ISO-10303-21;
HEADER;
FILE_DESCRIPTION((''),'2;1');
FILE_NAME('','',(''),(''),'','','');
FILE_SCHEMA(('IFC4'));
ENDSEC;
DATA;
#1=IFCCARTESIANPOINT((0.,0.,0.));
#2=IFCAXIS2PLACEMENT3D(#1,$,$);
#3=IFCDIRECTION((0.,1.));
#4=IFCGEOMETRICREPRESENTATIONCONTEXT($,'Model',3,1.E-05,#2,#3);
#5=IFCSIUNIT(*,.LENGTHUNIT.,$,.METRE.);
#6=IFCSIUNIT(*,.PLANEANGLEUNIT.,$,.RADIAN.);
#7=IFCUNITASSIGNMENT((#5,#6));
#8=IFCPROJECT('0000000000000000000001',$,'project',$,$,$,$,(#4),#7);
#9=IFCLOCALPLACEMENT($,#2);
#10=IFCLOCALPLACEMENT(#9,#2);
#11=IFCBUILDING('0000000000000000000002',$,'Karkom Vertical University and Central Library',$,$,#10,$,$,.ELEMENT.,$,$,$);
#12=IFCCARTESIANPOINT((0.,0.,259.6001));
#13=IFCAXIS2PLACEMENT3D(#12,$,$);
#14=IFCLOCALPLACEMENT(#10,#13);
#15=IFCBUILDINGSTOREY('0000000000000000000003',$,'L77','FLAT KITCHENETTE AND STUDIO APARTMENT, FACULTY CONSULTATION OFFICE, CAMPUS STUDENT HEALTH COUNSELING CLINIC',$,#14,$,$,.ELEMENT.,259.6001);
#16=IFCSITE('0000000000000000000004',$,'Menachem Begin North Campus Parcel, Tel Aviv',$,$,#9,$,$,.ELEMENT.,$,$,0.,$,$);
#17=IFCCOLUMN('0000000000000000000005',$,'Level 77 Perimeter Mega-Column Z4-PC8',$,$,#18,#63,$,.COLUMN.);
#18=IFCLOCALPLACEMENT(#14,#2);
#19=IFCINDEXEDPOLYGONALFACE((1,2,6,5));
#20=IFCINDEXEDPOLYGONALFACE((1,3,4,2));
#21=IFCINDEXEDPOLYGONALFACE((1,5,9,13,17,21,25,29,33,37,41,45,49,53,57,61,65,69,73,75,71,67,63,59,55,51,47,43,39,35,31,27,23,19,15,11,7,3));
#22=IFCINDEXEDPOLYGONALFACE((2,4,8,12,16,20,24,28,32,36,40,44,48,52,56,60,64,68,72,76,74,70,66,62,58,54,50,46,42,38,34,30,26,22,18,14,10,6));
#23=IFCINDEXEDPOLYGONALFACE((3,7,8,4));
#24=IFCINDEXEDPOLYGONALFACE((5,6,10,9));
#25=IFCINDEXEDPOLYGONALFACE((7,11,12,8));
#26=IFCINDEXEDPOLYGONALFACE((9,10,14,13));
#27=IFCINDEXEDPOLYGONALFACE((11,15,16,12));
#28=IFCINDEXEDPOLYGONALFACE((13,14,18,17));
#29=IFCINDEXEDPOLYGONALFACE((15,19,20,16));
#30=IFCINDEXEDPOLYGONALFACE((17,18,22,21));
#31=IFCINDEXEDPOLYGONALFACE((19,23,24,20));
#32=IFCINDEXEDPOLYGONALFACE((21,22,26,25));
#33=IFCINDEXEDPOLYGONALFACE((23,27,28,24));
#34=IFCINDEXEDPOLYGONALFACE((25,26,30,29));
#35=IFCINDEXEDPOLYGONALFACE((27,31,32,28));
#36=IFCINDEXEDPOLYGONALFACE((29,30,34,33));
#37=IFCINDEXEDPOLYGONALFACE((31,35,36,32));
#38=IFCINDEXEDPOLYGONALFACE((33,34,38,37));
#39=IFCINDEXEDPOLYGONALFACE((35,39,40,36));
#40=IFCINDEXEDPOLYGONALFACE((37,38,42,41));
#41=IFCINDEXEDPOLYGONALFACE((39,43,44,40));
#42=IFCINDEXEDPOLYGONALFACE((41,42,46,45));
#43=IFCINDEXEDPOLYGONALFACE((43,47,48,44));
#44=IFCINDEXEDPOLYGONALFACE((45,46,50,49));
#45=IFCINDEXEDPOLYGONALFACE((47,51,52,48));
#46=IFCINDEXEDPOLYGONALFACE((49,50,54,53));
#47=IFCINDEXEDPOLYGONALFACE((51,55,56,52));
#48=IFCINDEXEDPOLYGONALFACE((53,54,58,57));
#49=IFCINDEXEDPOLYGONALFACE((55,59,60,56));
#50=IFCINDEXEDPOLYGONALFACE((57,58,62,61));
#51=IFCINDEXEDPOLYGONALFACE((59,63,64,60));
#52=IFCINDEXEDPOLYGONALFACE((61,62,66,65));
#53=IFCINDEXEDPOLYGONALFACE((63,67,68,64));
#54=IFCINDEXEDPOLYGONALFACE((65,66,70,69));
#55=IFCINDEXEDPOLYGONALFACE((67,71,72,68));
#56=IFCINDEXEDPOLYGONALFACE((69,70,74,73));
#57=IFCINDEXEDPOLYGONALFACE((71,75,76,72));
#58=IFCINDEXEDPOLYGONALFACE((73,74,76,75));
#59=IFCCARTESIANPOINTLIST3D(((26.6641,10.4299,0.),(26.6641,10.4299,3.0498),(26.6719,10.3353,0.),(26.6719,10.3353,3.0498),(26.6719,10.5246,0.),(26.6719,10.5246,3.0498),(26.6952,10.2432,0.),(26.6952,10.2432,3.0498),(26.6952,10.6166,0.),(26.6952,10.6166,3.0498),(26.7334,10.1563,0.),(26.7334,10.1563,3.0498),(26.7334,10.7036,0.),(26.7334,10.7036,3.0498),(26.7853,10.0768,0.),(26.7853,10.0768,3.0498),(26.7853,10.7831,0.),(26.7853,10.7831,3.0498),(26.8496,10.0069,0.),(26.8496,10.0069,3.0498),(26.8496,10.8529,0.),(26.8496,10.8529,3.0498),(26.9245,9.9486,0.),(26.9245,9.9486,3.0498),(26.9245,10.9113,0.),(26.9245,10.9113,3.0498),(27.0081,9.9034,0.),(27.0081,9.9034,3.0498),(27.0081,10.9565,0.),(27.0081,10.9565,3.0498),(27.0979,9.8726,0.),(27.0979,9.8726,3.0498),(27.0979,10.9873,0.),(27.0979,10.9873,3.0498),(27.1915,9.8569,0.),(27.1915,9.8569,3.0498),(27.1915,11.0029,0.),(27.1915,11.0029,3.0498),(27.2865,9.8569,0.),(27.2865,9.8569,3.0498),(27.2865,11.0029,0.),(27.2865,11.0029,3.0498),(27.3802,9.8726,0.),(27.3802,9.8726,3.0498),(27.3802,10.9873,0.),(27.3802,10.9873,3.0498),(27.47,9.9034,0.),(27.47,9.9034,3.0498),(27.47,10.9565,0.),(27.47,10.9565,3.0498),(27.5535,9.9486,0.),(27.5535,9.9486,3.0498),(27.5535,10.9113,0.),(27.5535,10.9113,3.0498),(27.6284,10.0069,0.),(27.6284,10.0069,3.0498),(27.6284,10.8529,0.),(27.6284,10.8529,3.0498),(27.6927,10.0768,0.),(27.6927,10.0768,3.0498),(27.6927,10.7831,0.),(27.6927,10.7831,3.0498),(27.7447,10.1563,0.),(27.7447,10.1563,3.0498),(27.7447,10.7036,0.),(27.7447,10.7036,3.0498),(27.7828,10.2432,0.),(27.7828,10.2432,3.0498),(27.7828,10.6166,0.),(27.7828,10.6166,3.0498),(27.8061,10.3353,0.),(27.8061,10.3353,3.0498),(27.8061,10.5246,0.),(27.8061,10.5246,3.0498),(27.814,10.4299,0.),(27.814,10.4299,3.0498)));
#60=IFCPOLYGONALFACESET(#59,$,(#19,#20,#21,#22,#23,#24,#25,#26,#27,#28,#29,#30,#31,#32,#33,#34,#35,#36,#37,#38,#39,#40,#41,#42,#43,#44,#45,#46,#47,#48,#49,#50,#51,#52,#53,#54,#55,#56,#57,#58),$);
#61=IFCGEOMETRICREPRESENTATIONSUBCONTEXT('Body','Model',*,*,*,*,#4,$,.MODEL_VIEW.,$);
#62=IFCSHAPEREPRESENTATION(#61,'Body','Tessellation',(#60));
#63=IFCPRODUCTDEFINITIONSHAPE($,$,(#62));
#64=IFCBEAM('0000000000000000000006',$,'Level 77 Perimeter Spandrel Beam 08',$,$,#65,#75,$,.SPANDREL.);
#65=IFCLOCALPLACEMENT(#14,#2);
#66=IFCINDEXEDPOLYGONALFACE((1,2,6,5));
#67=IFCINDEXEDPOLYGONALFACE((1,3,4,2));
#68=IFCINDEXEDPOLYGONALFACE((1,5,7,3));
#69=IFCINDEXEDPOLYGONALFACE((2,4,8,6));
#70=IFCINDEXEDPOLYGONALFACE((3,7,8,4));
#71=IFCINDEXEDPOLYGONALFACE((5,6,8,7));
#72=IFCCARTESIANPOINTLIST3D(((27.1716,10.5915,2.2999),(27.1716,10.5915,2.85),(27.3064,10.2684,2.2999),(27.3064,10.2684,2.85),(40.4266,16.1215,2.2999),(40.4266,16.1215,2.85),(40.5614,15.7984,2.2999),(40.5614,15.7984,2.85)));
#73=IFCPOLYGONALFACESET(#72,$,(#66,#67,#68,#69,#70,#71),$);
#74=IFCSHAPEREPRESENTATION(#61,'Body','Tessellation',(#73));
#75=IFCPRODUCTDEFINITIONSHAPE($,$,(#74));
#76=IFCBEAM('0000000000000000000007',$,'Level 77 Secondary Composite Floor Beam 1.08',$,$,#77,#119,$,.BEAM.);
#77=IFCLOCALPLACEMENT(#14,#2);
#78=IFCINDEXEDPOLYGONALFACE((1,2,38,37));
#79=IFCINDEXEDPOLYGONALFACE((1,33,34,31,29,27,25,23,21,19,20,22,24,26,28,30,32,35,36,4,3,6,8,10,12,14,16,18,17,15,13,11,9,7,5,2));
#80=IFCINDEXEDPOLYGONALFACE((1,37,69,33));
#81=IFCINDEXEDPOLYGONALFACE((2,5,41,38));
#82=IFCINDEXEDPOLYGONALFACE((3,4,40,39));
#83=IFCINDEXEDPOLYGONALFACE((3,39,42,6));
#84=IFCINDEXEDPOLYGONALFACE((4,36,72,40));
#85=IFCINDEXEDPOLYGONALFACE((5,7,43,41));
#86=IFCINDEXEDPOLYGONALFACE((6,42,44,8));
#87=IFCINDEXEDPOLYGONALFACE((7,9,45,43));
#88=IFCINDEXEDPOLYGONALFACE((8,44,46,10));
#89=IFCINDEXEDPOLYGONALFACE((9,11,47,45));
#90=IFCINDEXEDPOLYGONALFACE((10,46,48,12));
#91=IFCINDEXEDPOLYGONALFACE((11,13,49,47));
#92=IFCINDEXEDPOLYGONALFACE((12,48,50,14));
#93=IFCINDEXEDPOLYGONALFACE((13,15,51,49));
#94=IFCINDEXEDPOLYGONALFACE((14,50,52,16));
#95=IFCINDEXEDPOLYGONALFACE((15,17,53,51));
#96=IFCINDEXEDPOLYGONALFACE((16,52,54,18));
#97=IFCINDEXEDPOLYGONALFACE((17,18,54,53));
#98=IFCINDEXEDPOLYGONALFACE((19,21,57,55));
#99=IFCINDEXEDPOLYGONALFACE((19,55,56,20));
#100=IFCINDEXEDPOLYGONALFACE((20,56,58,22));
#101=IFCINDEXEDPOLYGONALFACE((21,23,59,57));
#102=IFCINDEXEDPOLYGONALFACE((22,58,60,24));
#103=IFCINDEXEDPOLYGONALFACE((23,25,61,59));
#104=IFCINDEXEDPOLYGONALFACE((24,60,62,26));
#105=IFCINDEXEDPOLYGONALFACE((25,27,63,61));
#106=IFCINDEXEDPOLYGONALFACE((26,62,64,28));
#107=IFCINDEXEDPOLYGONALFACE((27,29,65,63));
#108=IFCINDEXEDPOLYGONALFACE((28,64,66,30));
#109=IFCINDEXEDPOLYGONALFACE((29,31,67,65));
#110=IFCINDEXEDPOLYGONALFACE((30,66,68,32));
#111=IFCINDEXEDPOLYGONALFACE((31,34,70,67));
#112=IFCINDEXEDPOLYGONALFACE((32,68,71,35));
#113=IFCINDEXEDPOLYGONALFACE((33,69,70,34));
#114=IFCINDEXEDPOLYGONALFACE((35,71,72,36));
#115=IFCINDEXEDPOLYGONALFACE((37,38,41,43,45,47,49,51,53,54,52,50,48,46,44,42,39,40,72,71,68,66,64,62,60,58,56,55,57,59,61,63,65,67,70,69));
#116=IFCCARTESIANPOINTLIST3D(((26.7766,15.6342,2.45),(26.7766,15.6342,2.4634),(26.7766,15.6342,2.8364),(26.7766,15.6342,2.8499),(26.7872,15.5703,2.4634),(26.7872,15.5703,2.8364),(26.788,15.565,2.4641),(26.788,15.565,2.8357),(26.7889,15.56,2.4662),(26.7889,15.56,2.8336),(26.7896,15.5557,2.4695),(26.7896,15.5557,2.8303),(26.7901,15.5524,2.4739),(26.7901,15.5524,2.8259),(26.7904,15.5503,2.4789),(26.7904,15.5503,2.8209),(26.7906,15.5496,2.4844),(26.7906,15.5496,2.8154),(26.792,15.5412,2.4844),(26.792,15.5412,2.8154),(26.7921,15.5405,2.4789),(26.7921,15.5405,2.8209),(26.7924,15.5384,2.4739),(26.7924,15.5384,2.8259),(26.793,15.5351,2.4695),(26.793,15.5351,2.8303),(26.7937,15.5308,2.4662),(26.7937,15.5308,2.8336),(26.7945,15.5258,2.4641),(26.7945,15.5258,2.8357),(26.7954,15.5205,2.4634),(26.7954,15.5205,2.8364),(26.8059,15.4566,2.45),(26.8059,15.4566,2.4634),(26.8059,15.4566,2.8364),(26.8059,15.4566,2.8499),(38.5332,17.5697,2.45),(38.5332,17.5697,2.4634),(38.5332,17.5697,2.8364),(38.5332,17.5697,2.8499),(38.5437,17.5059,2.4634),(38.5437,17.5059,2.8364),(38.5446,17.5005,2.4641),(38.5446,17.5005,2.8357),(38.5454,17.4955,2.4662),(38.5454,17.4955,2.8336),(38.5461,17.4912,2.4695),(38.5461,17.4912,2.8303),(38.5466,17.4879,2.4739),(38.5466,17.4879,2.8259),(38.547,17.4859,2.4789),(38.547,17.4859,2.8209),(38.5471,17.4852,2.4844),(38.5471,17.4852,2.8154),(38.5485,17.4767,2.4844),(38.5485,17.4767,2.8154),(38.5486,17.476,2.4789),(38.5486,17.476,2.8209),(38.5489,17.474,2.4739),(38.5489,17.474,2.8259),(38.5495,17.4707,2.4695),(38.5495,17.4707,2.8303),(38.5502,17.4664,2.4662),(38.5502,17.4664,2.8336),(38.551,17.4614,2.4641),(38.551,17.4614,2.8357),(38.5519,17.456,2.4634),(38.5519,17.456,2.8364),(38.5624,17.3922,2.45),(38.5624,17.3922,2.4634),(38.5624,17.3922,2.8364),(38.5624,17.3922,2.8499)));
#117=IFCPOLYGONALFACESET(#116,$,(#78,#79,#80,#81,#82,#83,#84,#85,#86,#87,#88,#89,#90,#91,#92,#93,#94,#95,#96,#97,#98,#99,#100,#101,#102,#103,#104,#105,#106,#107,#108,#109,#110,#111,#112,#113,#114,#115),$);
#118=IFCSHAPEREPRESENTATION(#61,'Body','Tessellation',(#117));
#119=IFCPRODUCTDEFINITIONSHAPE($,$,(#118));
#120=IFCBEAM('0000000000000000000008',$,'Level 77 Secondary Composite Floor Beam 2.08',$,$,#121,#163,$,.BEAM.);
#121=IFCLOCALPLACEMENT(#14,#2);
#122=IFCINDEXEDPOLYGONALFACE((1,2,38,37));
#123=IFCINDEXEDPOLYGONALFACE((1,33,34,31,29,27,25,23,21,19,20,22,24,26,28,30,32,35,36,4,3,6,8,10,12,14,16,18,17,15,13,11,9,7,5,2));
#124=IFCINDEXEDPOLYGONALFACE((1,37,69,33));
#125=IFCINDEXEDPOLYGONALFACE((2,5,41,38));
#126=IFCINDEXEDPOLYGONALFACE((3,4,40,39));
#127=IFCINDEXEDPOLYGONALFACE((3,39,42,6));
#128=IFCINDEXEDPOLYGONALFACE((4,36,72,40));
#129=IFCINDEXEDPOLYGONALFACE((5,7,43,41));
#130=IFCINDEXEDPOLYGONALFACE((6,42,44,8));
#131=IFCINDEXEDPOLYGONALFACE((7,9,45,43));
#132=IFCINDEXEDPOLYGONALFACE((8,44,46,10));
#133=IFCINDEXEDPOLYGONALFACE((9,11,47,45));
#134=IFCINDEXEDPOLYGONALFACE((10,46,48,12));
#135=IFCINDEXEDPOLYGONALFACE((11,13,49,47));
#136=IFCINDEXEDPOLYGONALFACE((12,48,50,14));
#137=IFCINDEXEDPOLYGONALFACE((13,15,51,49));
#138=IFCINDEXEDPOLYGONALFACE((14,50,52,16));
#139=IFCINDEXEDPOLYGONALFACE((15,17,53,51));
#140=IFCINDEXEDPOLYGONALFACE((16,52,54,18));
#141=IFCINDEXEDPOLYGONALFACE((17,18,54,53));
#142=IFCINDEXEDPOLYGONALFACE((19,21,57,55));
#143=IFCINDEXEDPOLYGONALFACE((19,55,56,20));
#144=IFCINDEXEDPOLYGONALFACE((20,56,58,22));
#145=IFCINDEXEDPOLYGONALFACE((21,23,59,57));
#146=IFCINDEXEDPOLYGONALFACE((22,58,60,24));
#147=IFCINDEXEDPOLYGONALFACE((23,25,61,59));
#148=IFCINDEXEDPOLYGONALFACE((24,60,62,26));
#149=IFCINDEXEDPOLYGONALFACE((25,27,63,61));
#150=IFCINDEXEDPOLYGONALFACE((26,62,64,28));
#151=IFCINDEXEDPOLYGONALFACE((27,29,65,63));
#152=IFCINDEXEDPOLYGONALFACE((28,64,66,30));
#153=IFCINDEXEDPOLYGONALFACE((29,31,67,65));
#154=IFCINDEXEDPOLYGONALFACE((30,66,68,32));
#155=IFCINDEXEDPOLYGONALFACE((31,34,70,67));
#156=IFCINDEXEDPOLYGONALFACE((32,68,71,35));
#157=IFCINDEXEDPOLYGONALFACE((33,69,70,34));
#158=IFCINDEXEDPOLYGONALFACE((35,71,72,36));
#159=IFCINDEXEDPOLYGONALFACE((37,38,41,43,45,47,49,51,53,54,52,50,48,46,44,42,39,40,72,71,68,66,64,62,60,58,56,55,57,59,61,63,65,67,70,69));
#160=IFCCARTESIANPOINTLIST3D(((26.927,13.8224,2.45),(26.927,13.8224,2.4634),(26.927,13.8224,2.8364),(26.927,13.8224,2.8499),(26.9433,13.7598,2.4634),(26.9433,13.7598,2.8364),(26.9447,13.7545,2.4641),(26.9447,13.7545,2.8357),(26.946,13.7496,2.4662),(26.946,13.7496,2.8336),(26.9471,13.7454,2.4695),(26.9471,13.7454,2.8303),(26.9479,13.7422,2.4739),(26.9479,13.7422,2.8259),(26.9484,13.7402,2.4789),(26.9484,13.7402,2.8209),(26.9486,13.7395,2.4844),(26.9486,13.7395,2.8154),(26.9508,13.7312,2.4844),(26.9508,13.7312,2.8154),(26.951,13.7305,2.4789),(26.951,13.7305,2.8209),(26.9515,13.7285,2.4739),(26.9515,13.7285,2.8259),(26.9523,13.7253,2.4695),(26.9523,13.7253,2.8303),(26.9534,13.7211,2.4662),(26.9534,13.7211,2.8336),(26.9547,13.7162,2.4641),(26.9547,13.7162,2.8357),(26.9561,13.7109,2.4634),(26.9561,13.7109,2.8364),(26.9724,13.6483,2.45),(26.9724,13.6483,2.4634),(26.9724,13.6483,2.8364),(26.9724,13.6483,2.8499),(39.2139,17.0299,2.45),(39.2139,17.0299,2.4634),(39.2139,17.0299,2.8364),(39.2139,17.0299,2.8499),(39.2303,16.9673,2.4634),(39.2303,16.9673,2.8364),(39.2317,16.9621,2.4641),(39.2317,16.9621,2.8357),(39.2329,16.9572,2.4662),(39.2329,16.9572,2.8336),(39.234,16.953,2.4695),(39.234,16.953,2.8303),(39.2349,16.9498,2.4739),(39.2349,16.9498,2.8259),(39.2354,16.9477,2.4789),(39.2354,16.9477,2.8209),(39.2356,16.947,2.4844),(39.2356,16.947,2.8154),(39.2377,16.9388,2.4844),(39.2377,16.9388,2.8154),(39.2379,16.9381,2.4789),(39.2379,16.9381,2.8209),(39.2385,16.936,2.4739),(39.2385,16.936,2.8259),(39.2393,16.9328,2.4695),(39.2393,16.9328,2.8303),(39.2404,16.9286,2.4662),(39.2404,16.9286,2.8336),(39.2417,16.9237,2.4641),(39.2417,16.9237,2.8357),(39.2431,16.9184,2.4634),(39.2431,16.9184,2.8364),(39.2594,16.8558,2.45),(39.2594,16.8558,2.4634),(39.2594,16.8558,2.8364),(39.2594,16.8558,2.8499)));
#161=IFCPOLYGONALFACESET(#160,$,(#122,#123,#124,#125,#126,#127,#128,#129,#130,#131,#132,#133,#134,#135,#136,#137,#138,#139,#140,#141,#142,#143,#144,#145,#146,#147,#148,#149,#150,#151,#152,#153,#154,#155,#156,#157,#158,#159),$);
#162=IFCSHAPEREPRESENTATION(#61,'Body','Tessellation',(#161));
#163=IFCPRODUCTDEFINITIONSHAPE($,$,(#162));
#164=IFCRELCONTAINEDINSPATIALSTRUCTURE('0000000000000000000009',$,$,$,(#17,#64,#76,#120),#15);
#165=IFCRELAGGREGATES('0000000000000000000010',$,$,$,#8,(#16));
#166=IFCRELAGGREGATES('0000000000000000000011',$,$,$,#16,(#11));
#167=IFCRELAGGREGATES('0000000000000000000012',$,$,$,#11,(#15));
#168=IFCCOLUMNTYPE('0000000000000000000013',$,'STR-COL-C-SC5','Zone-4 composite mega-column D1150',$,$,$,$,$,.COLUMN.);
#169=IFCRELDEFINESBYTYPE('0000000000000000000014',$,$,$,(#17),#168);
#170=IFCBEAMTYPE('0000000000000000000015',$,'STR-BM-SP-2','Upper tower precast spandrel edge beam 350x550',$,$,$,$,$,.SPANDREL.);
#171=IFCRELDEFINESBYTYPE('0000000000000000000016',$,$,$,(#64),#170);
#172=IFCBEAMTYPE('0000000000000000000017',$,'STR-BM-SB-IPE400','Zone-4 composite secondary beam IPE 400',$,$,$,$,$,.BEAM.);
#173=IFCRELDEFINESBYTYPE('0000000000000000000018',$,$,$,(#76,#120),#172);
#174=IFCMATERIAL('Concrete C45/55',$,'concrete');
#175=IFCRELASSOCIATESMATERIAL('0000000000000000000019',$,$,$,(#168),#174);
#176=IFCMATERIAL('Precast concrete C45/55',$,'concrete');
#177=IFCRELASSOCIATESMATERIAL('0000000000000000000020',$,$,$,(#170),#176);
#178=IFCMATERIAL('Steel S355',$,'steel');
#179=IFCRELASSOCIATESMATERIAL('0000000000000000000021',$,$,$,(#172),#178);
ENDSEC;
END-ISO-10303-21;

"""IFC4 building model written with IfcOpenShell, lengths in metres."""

from ifc_helpers import new_model, si_unit, direction, frame, origin, origin_with_axes, origin_2d, place, context, subcontext, project, spatial, rectangle, circle, i_section, extrude, source, transform, mapped, material, material_profile, profile_set, type_object, element, save


model = new_model("IFC4")

# Units and contexts
model_context = context("Model", 3, precision=1e-05, world=origin(), true_north=direction((0.0, 1.0)))
body_context = subcontext(model_context, "Body", "Model", "MODEL_VIEW")
ifc_project = project(units=[si_unit("LENGTHUNIT", "METRE"), si_unit("PLANEANGLEUNIT", "RADIAN")], contexts=[model_context])

# Site, building, storey
site_placement = place(None, origin())
site = spatial("IfcSite", under=ifc_project, at=site_placement, Name="Menachem Begin North Campus Parcel, Tel Aviv", CompositionType="ELEMENT", RefElevation=0.0)
building_placement = place(site_placement, origin())
building = spatial("IfcBuilding", under=site, at=building_placement, Name="Karkom Vertical University and Central Library", CompositionType="ELEMENT")
storey_placement = place(building_placement, frame((0.0, 0.0, 259.6001)))
storey = spatial("IfcBuildingStorey", under=building, at=storey_placement, Name="L77", Description="FLAT KITCHENETTE AND STUDIO APARTMENT, FACULTY CONSULTATION OFFICE, CAMPUS STUDENT HEALTH COUNSELING CLINIC", CompositionType="ELEMENT", Elevation=259.6001)

# Column
ifc_material_1 = material(Name="Concrete C45/55", Category="concrete")
ifc_material_profile_1 = material_profile(ifc_material_1, circle(Radius=0.575, at=origin_2d()), Name="CFT-D1150")
ifc_profile_set_1 = profile_set([ifc_material_profile_1], Name="Concrete C45/55")
column_type = type_object("IfcColumnType", Name="STR-COL-C-SC5", Description="Zone-4 composite mega-column D1150", PredefinedType="COLUMN", material=ifc_profile_set_1)
shared_shape_1 = source(origin_with_axes(), body_context, "Body", "SweptSolid", [
    extrude(circle(Radius=0.575, at=origin_2d()), origin(), (0.0, 0.0, 1.0), 3.0498),
])
column_placement = place(storey_placement, frame((27.239, 10.4299, 0.0), z_axis=(0.0, 0.0, 1.0), x_axis=(1.0, 0.0, 0.0)))
element("IfcColumn", 1, at=column_placement, inside=storey, type_object=column_type, Name="Level 77 Perimeter Mega-Column Z4-PC8", PredefinedType="COLUMN", context=body_context, shape_type="MappedRepresentation", body=[
    mapped(shared_shape_1, transform((0.0, 0.0, 0.0), scale=1.0)),
])

# Beams
ifc_material_2 = material(Name="Precast concrete C45/55", Category="concrete")
ifc_material_profile_2 = material_profile(ifc_material_2, rectangle(XDim=0.3501, YDim=0.55, at=origin_2d()), Name="SPB-350x550")
ifc_profile_set_2 = profile_set([ifc_material_profile_2], Name="Precast concrete C45/55")
beam_type_1 = type_object("IfcBeamType", Name="STR-BM-SP-2", Description="Upper tower precast spandrel edge beam 350x550", PredefinedType="SPANDREL", material=ifc_profile_set_2)
shared_shape_2 = source(origin_with_axes(), body_context, "Body", "SweptSolid", [
    extrude(rectangle(XDim=0.3501, YDim=0.55, at=origin_2d()), origin(), (0.0, 0.0, 1.0), 14.3623),
])
beam_1_placement = place(storey_placement, frame((27.239, 10.4299, 2.575), z_axis=(0.9229, 0.38504, 0.0), x_axis=(-0.38504, 0.9229, 0.0)))
element("IfcBeam", 2, at=beam_1_placement, inside=storey, type_object=beam_type_1, Name="Level 77 Perimeter Spandrel Beam 08", PredefinedType="SPANDREL", context=body_context, shape_type="MappedRepresentation", body=[
    mapped(shared_shape_2, transform((0.0, 0.0, 0.0), scale=1.0)),
])
ifc_material_3 = material(Name="Steel S355", Category="steel")
ifc_material_profile_3 = material_profile(ifc_material_3, i_section(OverallWidth=0.1799, OverallDepth=0.3999, WebThickness=0.0085, FlangeThickness=0.0134, FilletRadius=0.021, at=origin_2d()), Name="IPE 400")
ifc_profile_set_3 = profile_set([ifc_material_profile_3], Name="Steel S355")
beam_type_2 = type_object("IfcBeamType", Name="STR-BM-SB-IPE400", Description="Zone-4 composite secondary beam IPE 400", PredefinedType="BEAM", material=ifc_profile_set_3)
shared_shape_3 = source(origin_with_axes(), body_context, "Body", "SweptSolid", [
    extrude(i_section(OverallWidth=0.1799, OverallDepth=0.3999, WebThickness=0.0085, FlangeThickness=0.0134, FilletRadius=0.021, at=origin_2d()), origin(), (0.0, 0.0, 1.0), 11.9148),
])
beam_2_placement = place(storey_placement, frame((26.7913, 15.5454, 2.6499), z_axis=(0.986717, 0.162448, 0.0), x_axis=(-0.162448, 0.986717, 0.0)))
element("IfcBeam", 3, at=beam_2_placement, inside=storey, type_object=beam_type_2, Name="Level 77 Secondary Composite Floor Beam 1.08", PredefinedType="BEAM", context=body_context, shape_type="MappedRepresentation", body=[
    mapped(shared_shape_3, transform((0.0, 0.0, 0.0), scale=1.0)),
])
shared_shape_4 = source(origin_with_axes(), body_context, "Body", "SweptSolid", [
    extrude(i_section(OverallWidth=0.1799, OverallDepth=0.3999, WebThickness=0.0085, FlangeThickness=0.0134, FilletRadius=0.021, at=origin_2d()), origin(), (0.0, 0.0, 1.0), 12.6987),
])
beam_3_placement = place(storey_placement, frame((26.9497, 13.7354, 2.6499), z_axis=(0.967574, 0.252588, 0.0), x_axis=(-0.252588, 0.967574, 0.0)))
element("IfcBeam", 4, at=beam_3_placement, inside=storey, type_object=beam_type_2, Name="Level 77 Secondary Composite Floor Beam 2.08", PredefinedType="BEAM", context=body_context, shape_type="MappedRepresentation", body=[
    mapped(shared_shape_4, transform((0.0, 0.0, 0.0), scale=1.0)),
])

save(model, "model.ifc")
